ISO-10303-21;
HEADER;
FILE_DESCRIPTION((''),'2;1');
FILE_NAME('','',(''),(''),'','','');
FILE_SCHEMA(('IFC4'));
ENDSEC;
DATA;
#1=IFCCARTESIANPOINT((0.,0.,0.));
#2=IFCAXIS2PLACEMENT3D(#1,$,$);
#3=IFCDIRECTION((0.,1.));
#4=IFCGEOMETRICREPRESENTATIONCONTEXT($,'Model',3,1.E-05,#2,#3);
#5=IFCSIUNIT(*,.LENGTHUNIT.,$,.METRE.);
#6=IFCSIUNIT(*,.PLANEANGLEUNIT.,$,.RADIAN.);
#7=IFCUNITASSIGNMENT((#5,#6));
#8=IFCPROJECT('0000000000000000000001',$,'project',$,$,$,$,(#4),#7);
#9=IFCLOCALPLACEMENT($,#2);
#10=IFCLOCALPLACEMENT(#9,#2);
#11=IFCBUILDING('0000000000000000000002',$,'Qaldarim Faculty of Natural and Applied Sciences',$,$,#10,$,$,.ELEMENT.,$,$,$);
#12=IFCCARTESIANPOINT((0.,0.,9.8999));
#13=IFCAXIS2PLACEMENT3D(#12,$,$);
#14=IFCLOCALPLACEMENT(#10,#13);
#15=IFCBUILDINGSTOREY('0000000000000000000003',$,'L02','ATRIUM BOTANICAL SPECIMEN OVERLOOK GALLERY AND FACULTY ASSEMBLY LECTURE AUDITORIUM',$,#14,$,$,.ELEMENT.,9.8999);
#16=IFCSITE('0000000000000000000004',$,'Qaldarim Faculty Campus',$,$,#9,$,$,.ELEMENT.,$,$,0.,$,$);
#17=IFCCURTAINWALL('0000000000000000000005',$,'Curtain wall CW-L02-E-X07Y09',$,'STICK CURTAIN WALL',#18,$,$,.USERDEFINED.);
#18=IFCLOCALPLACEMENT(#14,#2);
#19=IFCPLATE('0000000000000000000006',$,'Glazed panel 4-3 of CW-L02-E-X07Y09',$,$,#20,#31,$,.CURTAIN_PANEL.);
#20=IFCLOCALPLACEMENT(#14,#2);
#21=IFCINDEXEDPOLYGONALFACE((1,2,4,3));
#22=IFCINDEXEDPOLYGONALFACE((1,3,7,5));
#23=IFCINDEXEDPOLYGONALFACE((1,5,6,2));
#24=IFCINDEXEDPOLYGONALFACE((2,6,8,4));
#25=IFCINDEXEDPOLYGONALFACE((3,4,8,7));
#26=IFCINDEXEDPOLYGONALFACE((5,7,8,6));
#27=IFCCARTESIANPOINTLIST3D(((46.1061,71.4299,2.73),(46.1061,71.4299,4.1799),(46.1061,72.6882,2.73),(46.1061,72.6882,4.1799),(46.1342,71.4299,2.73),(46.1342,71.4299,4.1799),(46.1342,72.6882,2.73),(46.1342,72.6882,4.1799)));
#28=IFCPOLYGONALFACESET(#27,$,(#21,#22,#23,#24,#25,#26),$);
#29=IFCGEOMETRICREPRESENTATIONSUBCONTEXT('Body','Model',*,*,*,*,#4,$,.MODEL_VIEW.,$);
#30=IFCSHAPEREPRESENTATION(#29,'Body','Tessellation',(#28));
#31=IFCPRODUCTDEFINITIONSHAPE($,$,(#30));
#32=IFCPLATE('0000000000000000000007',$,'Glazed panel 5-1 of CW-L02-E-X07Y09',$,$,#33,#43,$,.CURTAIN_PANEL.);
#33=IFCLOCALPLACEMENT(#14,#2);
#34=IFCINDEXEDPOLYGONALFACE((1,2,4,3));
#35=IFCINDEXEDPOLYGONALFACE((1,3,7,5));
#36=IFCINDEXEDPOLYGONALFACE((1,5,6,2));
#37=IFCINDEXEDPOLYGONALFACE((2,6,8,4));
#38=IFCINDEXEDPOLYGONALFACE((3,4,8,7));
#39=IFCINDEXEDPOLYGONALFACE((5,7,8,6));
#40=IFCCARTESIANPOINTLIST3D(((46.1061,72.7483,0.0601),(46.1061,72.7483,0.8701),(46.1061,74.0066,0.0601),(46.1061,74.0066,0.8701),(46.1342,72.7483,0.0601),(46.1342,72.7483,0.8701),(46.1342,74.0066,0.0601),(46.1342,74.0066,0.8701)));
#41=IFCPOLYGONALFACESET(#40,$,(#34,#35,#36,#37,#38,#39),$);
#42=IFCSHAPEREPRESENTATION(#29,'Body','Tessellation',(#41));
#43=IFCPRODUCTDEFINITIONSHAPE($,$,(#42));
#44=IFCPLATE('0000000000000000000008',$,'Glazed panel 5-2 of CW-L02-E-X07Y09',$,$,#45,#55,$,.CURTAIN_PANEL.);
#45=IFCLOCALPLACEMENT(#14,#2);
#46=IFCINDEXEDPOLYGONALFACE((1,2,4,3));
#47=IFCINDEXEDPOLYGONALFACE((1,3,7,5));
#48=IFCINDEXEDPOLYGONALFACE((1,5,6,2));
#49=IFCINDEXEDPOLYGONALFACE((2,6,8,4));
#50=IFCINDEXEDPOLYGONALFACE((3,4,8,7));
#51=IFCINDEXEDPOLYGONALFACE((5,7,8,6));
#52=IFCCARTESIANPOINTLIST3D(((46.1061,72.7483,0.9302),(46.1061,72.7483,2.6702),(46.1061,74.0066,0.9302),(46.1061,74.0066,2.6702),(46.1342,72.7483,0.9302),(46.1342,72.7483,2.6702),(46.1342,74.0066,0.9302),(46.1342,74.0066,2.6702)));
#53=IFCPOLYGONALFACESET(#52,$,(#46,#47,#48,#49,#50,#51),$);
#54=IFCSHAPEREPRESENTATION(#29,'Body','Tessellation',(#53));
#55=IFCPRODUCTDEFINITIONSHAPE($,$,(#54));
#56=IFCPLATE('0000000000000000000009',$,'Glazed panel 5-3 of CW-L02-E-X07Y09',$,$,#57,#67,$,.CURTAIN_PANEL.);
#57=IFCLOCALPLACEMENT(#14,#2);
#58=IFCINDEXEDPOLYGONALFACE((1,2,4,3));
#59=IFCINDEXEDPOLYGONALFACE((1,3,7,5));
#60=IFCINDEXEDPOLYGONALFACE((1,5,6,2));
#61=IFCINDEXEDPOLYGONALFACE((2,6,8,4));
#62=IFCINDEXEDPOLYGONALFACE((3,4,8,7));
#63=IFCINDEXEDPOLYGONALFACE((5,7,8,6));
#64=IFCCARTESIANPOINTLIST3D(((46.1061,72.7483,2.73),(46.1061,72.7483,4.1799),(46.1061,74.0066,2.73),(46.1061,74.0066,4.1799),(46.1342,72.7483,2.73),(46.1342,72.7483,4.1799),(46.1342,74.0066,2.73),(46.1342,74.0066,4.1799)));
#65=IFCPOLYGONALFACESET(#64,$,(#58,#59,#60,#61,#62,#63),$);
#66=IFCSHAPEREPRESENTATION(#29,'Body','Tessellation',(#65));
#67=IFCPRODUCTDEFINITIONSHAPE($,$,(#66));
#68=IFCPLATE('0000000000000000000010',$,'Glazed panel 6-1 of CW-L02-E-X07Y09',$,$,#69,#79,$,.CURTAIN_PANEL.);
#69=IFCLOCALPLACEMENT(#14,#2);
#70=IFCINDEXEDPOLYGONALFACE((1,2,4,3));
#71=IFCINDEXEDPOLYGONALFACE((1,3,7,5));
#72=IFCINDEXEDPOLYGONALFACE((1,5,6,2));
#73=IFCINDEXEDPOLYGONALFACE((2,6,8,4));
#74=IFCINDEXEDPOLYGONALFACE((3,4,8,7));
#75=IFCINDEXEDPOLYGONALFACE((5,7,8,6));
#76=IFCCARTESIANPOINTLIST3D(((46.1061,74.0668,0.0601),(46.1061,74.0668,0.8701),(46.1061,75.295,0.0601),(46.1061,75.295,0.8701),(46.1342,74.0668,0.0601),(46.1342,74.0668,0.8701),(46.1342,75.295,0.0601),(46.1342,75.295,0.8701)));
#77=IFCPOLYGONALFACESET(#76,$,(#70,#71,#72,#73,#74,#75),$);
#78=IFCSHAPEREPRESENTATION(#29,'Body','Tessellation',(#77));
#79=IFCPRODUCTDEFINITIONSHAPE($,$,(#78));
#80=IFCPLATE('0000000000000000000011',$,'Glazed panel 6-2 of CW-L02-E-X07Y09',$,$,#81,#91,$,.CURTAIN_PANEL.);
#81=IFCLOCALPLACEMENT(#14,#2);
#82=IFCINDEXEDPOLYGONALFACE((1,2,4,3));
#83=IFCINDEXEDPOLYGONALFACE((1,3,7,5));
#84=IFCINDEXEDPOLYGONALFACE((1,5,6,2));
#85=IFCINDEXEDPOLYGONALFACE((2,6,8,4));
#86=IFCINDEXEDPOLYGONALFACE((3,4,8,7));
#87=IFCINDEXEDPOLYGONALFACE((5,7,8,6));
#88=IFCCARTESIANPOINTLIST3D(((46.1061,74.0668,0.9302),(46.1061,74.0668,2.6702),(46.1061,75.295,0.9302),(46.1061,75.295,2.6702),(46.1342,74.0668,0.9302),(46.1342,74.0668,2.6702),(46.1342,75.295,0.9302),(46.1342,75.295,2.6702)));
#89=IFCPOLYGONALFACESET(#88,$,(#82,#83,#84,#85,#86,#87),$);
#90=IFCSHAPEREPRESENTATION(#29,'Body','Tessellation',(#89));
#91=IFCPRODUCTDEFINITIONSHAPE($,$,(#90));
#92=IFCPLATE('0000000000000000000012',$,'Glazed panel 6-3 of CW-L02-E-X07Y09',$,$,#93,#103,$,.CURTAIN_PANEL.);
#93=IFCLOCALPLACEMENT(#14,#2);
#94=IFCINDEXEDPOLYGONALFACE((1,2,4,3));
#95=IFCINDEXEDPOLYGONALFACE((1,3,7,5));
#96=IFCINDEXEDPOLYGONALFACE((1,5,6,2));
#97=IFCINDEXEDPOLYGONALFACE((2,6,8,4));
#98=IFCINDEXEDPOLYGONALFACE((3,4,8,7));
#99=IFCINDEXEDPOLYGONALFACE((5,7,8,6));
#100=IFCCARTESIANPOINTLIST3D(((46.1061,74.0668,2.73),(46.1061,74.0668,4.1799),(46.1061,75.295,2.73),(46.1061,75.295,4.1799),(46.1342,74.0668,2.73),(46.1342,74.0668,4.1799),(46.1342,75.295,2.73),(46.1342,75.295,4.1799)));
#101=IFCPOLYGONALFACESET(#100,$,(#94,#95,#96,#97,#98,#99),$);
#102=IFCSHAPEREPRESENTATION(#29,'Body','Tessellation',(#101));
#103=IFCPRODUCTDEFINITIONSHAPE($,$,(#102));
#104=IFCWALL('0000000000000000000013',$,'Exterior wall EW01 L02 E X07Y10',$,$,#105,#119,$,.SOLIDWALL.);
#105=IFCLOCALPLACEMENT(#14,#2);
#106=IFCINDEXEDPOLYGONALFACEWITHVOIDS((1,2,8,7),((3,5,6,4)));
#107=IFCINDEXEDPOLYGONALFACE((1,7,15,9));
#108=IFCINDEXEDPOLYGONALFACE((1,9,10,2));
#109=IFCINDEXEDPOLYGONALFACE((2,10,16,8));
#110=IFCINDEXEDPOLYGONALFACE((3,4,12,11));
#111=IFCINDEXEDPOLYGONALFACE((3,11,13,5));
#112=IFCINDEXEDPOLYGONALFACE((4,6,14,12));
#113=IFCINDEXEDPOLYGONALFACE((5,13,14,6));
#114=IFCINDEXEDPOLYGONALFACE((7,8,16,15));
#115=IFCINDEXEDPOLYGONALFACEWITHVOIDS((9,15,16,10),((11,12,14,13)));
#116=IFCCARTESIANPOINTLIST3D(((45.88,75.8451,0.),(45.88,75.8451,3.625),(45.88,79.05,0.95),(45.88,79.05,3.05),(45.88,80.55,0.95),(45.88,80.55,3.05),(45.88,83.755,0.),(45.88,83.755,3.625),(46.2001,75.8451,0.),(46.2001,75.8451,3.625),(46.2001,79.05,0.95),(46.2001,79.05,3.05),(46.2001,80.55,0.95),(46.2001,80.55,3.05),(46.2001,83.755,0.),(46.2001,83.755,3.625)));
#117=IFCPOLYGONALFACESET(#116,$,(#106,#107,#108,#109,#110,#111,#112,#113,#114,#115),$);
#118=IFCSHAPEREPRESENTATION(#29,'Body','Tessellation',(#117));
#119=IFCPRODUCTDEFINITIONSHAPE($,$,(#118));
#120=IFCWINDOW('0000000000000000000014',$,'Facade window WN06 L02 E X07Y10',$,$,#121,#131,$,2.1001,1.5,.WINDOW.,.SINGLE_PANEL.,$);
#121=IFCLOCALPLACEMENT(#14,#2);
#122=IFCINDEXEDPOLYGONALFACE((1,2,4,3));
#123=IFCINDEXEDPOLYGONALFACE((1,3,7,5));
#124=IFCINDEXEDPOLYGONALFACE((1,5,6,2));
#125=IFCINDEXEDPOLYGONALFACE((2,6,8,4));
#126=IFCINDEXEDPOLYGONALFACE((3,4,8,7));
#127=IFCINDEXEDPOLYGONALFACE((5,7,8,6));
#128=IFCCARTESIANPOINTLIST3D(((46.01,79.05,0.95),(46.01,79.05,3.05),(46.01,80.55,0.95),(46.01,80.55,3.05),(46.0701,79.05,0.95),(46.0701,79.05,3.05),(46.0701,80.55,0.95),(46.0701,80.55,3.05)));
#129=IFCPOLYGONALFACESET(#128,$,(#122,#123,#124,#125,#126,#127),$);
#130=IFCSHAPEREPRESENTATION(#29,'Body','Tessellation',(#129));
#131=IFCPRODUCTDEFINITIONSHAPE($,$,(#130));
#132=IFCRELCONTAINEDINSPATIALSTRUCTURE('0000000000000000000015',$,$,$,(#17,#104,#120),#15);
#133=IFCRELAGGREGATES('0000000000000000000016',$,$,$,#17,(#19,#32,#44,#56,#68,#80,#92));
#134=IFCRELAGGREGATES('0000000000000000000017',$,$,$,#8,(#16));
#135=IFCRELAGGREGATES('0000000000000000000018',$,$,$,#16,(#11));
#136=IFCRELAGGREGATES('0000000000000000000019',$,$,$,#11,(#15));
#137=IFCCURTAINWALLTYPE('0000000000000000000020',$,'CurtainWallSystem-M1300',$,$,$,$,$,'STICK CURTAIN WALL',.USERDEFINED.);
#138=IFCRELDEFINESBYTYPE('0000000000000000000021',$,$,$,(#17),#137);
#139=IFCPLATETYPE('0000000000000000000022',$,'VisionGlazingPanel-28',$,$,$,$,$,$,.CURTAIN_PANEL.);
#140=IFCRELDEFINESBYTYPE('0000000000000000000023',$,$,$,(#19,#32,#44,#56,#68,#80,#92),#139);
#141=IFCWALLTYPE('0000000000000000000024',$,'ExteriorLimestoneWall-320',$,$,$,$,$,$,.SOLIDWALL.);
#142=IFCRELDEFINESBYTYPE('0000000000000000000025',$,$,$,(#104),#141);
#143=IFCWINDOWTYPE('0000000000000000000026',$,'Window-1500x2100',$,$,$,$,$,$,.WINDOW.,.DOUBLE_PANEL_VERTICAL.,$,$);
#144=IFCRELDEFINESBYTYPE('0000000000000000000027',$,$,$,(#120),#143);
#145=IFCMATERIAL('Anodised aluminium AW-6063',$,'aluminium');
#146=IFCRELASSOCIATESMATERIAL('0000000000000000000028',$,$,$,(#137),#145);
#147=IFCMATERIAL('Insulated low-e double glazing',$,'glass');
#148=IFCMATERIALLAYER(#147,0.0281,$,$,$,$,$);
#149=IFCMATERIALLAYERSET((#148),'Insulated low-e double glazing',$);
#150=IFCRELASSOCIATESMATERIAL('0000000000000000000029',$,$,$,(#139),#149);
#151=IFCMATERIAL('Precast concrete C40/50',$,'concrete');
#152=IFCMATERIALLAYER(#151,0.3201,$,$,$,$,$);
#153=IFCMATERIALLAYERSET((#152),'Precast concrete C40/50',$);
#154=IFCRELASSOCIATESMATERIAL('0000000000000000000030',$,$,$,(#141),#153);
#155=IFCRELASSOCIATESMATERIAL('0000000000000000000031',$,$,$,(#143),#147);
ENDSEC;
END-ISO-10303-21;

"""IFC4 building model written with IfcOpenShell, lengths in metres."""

from ifc_helpers import new_model, si_unit, direction, frame, frame_2d, origin, origin_2d, place, context, subcontext, project, spatial, rectangle, extrude, material, layer, layer_set, type_object, element, fill, aggregate, save


model = new_model("IFC4")

# Units and contexts
model_context = context("Model", 3, precision=1e-05, world=origin(), true_north=direction((0.0, 1.0)))
body_context = subcontext(model_context, "Body", "Model", "MODEL_VIEW")
ifc_project = project(units=[si_unit("LENGTHUNIT", "METRE"), si_unit("PLANEANGLEUNIT", "RADIAN")], contexts=[model_context])

# Site, building, storey
site_placement = place(None, origin())
site = spatial("IfcSite", under=ifc_project, at=site_placement, Name="Qaldarim Faculty Campus", CompositionType="ELEMENT", RefElevation=0.0)
building_placement = place(site_placement, origin())
building = spatial("IfcBuilding", under=site, at=building_placement, Name="Qaldarim Faculty of Natural and Applied Sciences", CompositionType="ELEMENT")
storey_placement = place(building_placement, frame((0.0, 0.0, 9.8999)))
storey = spatial("IfcBuildingStorey", under=building, at=storey_placement, Name="L02", Description="ATRIUM BOTANICAL SPECIMEN OVERLOOK GALLERY AND FACULTY ASSEMBLY LECTURE AUDITORIUM", CompositionType="ELEMENT", Elevation=9.8999)

# Curtain wall, plates
ifc_material_1 = material(Name="Anodised aluminium AW-6063", Category="aluminium")
curtain_wall_type = type_object("IfcCurtainWallType", Name="CurtainWallSystem-M1300", ElementType="STICK CURTAIN WALL", PredefinedType="USERDEFINED", material=ifc_material_1)
curtain_wall_placement = place(storey_placement, origin())
curtain_wall = element("IfcCurtainWall", 1, at=curtain_wall_placement, inside=storey, type_object=curtain_wall_type, Name="Curtain wall CW-L02-E-X07Y09", ObjectType="STICK CURTAIN WALL", PredefinedType="USERDEFINED")
ifc_material_2 = material(Name="Insulated low-e double glazing", Category="glass")
ifc_layer_1 = layer(ifc_material_2, 0.0281)
ifc_layer_set_1 = layer_set([ifc_layer_1], Name="Insulated low-e double glazing")
plate_type = type_object("IfcPlateType", Name="VisionGlazingPanel-28", PredefinedType="CURTAIN_PANEL", material=ifc_layer_set_1)
plate_1_placement = place(storey_placement, frame((46.1201, 72.0591, 2.73), z_axis=(0.0, 0.0, 1.0), x_axis=(0.0, 1.0, 0.0)))
plate_1 = element("IfcPlate", 2, at=plate_1_placement, type_object=plate_type, Name="Glazed panel 4-3 of CW-L02-E-X07Y09", PredefinedType="CURTAIN_PANEL", context=body_context, shape_type="SweptSolid", body=[
    extrude(rectangle(XDim=1.2583, YDim=0.0281, at=origin_2d()), origin(), (0.0, 0.0, 1.0), 1.45),
])
plate_2_placement = place(storey_placement, frame((46.1201, 73.3774, 0.0601), z_axis=(0.0, 0.0, 1.0), x_axis=(0.0, 1.0, 0.0)))
plate_2 = element("IfcPlate", 3, at=plate_2_placement, type_object=plate_type, Name="Glazed panel 5-1 of CW-L02-E-X07Y09", PredefinedType="CURTAIN_PANEL", context=body_context, shape_type="SweptSolid", body=[
    extrude(rectangle(XDim=1.2583, YDim=0.0281, at=origin_2d()), origin(), (0.0, 0.0, 1.0), 0.8101),
])
plate_3_placement = place(storey_placement, frame((46.1201, 73.3774, 0.9302), z_axis=(0.0, 0.0, 1.0), x_axis=(0.0, 1.0, 0.0)))
plate_3 = element("IfcPlate", 4, at=plate_3_placement, type_object=plate_type, Name="Glazed panel 5-2 of CW-L02-E-X07Y09", PredefinedType="CURTAIN_PANEL", context=body_context, shape_type="SweptSolid", body=[
    extrude(rectangle(XDim=1.2583, YDim=0.0281, at=origin_2d()), origin(), (0.0, 0.0, 1.0), 1.74),
])
plate_4_placement = place(storey_placement, frame((46.1201, 73.3774, 2.73), z_axis=(0.0, 0.0, 1.0), x_axis=(0.0, 1.0, 0.0)))
plate_4 = element("IfcPlate", 5, at=plate_4_placement, type_object=plate_type, Name="Glazed panel 5-3 of CW-L02-E-X07Y09", PredefinedType="CURTAIN_PANEL", context=body_context, shape_type="SweptSolid", body=[
    extrude(rectangle(XDim=1.2583, YDim=0.0281, at=origin_2d()), origin(), (0.0, 0.0, 1.0), 1.45),
])
plate_5_placement = place(storey_placement, frame((46.1201, 74.6809, 0.0601), z_axis=(0.0, 0.0, 1.0), x_axis=(0.0, 1.0, 0.0)))
plate_5 = element("IfcPlate", 6, at=plate_5_placement, type_object=plate_type, Name="Glazed panel 6-1 of CW-L02-E-X07Y09", PredefinedType="CURTAIN_PANEL", context=body_context, shape_type="SweptSolid", body=[
    extrude(rectangle(XDim=1.2283, YDim=0.0281, at=origin_2d()), origin(), (0.0, 0.0, 1.0), 0.8101),
])
plate_6_placement = place(storey_placement, frame((46.1201, 74.6809, 0.9302), z_axis=(0.0, 0.0, 1.0), x_axis=(0.0, 1.0, 0.0)))
plate_6 = element("IfcPlate", 7, at=plate_6_placement, type_object=plate_type, Name="Glazed panel 6-2 of CW-L02-E-X07Y09", PredefinedType="CURTAIN_PANEL", context=body_context, shape_type="SweptSolid", body=[
    extrude(rectangle(XDim=1.2283, YDim=0.0281, at=origin_2d()), origin(), (0.0, 0.0, 1.0), 1.74),
])
plate_7_placement = place(storey_placement, frame((46.1201, 74.6809, 2.73), z_axis=(0.0, 0.0, 1.0), x_axis=(0.0, 1.0, 0.0)))
plate_7 = element("IfcPlate", 8, at=plate_7_placement, type_object=plate_type, Name="Glazed panel 6-3 of CW-L02-E-X07Y09", PredefinedType="CURTAIN_PANEL", context=body_context, shape_type="SweptSolid", body=[
    extrude(rectangle(XDim=1.2283, YDim=0.0281, at=origin_2d()), origin(), (0.0, 0.0, 1.0), 1.45),
])
aggregate(curtain_wall, [plate_1, plate_2, plate_3, plate_4, plate_5, plate_6, plate_7])

# Wall, opening, window
ifc_material_3 = material(Name="Precast concrete C40/50", Category="concrete")
ifc_layer_2 = layer(ifc_material_3, 0.3201)
ifc_layer_set_2 = layer_set([ifc_layer_2], Name="Precast concrete C40/50")
wall_type = type_object("IfcWallType", Name="ExteriorLimestoneWall-320", PredefinedType="SOLIDWALL", material=ifc_layer_set_2)
wall_placement = place(storey_placement, frame((46.04, 75.845, 0.0), z_axis=(0.0, 0.0, 1.0), x_axis=(0.0, 1.0, 0.0)))
wall = element("IfcWall", 9, at=wall_placement, inside=storey, type_object=wall_type, Name="Exterior wall EW01 L02 E X07Y10", PredefinedType="SOLIDWALL", context=body_context, shape_type="SweptSolid", body=[
    extrude(rectangle(XDim=7.9099, YDim=0.3201, at=frame_2d((3.9551, 0.0))), origin(), (0.0, 0.0, 1.0), 3.625),
])
opening_placement = place(wall_placement, frame((3.2051, 0.0, 0.95)))
opening = element("IfcOpeningElement", 10, at=opening_placement, cuts=wall, PredefinedType="OPENING", context=body_context, shape_type="SweptSolid", body=[
    extrude(rectangle(XDim=1.5, YDim=2.1001, at=frame_2d((0.75, 1.05))), frame((0.0, 0.1699, 0.0), z_axis=(0.0, -1.0, 0.0), x_axis=(1.0, 0.0, 0.0)), (0.0, 0.0, 1.0), 0.3401),
])
window_type = type_object("IfcWindowType", Name="Window-1500x2100", PartitioningType="DOUBLE_PANEL_VERTICAL", PredefinedType="WINDOW", material=ifc_material_2)
window_placement = place(opening_placement, origin())
window = element("IfcWindow", 11, at=window_placement, inside=storey, type_object=window_type, Name="Facade window WN06 L02 E X07Y10", OverallHeight=2.1001, OverallWidth=1.5, PartitioningType="SINGLE_PANEL", PredefinedType="WINDOW", context=body_context, shape_type="SweptSolid", body=[
    extrude(rectangle(XDim=1.5, YDim=2.1001, at=frame_2d((0.75, 1.05))), frame((0.0, 0.03, 0.0), z_axis=(0.0, -1.0, 0.0), x_axis=(1.0, 0.0, 0.0)), (0.0, 0.0, 1.0), 0.0601),
])
fill(opening, window)

save(model, "model.ifc")
